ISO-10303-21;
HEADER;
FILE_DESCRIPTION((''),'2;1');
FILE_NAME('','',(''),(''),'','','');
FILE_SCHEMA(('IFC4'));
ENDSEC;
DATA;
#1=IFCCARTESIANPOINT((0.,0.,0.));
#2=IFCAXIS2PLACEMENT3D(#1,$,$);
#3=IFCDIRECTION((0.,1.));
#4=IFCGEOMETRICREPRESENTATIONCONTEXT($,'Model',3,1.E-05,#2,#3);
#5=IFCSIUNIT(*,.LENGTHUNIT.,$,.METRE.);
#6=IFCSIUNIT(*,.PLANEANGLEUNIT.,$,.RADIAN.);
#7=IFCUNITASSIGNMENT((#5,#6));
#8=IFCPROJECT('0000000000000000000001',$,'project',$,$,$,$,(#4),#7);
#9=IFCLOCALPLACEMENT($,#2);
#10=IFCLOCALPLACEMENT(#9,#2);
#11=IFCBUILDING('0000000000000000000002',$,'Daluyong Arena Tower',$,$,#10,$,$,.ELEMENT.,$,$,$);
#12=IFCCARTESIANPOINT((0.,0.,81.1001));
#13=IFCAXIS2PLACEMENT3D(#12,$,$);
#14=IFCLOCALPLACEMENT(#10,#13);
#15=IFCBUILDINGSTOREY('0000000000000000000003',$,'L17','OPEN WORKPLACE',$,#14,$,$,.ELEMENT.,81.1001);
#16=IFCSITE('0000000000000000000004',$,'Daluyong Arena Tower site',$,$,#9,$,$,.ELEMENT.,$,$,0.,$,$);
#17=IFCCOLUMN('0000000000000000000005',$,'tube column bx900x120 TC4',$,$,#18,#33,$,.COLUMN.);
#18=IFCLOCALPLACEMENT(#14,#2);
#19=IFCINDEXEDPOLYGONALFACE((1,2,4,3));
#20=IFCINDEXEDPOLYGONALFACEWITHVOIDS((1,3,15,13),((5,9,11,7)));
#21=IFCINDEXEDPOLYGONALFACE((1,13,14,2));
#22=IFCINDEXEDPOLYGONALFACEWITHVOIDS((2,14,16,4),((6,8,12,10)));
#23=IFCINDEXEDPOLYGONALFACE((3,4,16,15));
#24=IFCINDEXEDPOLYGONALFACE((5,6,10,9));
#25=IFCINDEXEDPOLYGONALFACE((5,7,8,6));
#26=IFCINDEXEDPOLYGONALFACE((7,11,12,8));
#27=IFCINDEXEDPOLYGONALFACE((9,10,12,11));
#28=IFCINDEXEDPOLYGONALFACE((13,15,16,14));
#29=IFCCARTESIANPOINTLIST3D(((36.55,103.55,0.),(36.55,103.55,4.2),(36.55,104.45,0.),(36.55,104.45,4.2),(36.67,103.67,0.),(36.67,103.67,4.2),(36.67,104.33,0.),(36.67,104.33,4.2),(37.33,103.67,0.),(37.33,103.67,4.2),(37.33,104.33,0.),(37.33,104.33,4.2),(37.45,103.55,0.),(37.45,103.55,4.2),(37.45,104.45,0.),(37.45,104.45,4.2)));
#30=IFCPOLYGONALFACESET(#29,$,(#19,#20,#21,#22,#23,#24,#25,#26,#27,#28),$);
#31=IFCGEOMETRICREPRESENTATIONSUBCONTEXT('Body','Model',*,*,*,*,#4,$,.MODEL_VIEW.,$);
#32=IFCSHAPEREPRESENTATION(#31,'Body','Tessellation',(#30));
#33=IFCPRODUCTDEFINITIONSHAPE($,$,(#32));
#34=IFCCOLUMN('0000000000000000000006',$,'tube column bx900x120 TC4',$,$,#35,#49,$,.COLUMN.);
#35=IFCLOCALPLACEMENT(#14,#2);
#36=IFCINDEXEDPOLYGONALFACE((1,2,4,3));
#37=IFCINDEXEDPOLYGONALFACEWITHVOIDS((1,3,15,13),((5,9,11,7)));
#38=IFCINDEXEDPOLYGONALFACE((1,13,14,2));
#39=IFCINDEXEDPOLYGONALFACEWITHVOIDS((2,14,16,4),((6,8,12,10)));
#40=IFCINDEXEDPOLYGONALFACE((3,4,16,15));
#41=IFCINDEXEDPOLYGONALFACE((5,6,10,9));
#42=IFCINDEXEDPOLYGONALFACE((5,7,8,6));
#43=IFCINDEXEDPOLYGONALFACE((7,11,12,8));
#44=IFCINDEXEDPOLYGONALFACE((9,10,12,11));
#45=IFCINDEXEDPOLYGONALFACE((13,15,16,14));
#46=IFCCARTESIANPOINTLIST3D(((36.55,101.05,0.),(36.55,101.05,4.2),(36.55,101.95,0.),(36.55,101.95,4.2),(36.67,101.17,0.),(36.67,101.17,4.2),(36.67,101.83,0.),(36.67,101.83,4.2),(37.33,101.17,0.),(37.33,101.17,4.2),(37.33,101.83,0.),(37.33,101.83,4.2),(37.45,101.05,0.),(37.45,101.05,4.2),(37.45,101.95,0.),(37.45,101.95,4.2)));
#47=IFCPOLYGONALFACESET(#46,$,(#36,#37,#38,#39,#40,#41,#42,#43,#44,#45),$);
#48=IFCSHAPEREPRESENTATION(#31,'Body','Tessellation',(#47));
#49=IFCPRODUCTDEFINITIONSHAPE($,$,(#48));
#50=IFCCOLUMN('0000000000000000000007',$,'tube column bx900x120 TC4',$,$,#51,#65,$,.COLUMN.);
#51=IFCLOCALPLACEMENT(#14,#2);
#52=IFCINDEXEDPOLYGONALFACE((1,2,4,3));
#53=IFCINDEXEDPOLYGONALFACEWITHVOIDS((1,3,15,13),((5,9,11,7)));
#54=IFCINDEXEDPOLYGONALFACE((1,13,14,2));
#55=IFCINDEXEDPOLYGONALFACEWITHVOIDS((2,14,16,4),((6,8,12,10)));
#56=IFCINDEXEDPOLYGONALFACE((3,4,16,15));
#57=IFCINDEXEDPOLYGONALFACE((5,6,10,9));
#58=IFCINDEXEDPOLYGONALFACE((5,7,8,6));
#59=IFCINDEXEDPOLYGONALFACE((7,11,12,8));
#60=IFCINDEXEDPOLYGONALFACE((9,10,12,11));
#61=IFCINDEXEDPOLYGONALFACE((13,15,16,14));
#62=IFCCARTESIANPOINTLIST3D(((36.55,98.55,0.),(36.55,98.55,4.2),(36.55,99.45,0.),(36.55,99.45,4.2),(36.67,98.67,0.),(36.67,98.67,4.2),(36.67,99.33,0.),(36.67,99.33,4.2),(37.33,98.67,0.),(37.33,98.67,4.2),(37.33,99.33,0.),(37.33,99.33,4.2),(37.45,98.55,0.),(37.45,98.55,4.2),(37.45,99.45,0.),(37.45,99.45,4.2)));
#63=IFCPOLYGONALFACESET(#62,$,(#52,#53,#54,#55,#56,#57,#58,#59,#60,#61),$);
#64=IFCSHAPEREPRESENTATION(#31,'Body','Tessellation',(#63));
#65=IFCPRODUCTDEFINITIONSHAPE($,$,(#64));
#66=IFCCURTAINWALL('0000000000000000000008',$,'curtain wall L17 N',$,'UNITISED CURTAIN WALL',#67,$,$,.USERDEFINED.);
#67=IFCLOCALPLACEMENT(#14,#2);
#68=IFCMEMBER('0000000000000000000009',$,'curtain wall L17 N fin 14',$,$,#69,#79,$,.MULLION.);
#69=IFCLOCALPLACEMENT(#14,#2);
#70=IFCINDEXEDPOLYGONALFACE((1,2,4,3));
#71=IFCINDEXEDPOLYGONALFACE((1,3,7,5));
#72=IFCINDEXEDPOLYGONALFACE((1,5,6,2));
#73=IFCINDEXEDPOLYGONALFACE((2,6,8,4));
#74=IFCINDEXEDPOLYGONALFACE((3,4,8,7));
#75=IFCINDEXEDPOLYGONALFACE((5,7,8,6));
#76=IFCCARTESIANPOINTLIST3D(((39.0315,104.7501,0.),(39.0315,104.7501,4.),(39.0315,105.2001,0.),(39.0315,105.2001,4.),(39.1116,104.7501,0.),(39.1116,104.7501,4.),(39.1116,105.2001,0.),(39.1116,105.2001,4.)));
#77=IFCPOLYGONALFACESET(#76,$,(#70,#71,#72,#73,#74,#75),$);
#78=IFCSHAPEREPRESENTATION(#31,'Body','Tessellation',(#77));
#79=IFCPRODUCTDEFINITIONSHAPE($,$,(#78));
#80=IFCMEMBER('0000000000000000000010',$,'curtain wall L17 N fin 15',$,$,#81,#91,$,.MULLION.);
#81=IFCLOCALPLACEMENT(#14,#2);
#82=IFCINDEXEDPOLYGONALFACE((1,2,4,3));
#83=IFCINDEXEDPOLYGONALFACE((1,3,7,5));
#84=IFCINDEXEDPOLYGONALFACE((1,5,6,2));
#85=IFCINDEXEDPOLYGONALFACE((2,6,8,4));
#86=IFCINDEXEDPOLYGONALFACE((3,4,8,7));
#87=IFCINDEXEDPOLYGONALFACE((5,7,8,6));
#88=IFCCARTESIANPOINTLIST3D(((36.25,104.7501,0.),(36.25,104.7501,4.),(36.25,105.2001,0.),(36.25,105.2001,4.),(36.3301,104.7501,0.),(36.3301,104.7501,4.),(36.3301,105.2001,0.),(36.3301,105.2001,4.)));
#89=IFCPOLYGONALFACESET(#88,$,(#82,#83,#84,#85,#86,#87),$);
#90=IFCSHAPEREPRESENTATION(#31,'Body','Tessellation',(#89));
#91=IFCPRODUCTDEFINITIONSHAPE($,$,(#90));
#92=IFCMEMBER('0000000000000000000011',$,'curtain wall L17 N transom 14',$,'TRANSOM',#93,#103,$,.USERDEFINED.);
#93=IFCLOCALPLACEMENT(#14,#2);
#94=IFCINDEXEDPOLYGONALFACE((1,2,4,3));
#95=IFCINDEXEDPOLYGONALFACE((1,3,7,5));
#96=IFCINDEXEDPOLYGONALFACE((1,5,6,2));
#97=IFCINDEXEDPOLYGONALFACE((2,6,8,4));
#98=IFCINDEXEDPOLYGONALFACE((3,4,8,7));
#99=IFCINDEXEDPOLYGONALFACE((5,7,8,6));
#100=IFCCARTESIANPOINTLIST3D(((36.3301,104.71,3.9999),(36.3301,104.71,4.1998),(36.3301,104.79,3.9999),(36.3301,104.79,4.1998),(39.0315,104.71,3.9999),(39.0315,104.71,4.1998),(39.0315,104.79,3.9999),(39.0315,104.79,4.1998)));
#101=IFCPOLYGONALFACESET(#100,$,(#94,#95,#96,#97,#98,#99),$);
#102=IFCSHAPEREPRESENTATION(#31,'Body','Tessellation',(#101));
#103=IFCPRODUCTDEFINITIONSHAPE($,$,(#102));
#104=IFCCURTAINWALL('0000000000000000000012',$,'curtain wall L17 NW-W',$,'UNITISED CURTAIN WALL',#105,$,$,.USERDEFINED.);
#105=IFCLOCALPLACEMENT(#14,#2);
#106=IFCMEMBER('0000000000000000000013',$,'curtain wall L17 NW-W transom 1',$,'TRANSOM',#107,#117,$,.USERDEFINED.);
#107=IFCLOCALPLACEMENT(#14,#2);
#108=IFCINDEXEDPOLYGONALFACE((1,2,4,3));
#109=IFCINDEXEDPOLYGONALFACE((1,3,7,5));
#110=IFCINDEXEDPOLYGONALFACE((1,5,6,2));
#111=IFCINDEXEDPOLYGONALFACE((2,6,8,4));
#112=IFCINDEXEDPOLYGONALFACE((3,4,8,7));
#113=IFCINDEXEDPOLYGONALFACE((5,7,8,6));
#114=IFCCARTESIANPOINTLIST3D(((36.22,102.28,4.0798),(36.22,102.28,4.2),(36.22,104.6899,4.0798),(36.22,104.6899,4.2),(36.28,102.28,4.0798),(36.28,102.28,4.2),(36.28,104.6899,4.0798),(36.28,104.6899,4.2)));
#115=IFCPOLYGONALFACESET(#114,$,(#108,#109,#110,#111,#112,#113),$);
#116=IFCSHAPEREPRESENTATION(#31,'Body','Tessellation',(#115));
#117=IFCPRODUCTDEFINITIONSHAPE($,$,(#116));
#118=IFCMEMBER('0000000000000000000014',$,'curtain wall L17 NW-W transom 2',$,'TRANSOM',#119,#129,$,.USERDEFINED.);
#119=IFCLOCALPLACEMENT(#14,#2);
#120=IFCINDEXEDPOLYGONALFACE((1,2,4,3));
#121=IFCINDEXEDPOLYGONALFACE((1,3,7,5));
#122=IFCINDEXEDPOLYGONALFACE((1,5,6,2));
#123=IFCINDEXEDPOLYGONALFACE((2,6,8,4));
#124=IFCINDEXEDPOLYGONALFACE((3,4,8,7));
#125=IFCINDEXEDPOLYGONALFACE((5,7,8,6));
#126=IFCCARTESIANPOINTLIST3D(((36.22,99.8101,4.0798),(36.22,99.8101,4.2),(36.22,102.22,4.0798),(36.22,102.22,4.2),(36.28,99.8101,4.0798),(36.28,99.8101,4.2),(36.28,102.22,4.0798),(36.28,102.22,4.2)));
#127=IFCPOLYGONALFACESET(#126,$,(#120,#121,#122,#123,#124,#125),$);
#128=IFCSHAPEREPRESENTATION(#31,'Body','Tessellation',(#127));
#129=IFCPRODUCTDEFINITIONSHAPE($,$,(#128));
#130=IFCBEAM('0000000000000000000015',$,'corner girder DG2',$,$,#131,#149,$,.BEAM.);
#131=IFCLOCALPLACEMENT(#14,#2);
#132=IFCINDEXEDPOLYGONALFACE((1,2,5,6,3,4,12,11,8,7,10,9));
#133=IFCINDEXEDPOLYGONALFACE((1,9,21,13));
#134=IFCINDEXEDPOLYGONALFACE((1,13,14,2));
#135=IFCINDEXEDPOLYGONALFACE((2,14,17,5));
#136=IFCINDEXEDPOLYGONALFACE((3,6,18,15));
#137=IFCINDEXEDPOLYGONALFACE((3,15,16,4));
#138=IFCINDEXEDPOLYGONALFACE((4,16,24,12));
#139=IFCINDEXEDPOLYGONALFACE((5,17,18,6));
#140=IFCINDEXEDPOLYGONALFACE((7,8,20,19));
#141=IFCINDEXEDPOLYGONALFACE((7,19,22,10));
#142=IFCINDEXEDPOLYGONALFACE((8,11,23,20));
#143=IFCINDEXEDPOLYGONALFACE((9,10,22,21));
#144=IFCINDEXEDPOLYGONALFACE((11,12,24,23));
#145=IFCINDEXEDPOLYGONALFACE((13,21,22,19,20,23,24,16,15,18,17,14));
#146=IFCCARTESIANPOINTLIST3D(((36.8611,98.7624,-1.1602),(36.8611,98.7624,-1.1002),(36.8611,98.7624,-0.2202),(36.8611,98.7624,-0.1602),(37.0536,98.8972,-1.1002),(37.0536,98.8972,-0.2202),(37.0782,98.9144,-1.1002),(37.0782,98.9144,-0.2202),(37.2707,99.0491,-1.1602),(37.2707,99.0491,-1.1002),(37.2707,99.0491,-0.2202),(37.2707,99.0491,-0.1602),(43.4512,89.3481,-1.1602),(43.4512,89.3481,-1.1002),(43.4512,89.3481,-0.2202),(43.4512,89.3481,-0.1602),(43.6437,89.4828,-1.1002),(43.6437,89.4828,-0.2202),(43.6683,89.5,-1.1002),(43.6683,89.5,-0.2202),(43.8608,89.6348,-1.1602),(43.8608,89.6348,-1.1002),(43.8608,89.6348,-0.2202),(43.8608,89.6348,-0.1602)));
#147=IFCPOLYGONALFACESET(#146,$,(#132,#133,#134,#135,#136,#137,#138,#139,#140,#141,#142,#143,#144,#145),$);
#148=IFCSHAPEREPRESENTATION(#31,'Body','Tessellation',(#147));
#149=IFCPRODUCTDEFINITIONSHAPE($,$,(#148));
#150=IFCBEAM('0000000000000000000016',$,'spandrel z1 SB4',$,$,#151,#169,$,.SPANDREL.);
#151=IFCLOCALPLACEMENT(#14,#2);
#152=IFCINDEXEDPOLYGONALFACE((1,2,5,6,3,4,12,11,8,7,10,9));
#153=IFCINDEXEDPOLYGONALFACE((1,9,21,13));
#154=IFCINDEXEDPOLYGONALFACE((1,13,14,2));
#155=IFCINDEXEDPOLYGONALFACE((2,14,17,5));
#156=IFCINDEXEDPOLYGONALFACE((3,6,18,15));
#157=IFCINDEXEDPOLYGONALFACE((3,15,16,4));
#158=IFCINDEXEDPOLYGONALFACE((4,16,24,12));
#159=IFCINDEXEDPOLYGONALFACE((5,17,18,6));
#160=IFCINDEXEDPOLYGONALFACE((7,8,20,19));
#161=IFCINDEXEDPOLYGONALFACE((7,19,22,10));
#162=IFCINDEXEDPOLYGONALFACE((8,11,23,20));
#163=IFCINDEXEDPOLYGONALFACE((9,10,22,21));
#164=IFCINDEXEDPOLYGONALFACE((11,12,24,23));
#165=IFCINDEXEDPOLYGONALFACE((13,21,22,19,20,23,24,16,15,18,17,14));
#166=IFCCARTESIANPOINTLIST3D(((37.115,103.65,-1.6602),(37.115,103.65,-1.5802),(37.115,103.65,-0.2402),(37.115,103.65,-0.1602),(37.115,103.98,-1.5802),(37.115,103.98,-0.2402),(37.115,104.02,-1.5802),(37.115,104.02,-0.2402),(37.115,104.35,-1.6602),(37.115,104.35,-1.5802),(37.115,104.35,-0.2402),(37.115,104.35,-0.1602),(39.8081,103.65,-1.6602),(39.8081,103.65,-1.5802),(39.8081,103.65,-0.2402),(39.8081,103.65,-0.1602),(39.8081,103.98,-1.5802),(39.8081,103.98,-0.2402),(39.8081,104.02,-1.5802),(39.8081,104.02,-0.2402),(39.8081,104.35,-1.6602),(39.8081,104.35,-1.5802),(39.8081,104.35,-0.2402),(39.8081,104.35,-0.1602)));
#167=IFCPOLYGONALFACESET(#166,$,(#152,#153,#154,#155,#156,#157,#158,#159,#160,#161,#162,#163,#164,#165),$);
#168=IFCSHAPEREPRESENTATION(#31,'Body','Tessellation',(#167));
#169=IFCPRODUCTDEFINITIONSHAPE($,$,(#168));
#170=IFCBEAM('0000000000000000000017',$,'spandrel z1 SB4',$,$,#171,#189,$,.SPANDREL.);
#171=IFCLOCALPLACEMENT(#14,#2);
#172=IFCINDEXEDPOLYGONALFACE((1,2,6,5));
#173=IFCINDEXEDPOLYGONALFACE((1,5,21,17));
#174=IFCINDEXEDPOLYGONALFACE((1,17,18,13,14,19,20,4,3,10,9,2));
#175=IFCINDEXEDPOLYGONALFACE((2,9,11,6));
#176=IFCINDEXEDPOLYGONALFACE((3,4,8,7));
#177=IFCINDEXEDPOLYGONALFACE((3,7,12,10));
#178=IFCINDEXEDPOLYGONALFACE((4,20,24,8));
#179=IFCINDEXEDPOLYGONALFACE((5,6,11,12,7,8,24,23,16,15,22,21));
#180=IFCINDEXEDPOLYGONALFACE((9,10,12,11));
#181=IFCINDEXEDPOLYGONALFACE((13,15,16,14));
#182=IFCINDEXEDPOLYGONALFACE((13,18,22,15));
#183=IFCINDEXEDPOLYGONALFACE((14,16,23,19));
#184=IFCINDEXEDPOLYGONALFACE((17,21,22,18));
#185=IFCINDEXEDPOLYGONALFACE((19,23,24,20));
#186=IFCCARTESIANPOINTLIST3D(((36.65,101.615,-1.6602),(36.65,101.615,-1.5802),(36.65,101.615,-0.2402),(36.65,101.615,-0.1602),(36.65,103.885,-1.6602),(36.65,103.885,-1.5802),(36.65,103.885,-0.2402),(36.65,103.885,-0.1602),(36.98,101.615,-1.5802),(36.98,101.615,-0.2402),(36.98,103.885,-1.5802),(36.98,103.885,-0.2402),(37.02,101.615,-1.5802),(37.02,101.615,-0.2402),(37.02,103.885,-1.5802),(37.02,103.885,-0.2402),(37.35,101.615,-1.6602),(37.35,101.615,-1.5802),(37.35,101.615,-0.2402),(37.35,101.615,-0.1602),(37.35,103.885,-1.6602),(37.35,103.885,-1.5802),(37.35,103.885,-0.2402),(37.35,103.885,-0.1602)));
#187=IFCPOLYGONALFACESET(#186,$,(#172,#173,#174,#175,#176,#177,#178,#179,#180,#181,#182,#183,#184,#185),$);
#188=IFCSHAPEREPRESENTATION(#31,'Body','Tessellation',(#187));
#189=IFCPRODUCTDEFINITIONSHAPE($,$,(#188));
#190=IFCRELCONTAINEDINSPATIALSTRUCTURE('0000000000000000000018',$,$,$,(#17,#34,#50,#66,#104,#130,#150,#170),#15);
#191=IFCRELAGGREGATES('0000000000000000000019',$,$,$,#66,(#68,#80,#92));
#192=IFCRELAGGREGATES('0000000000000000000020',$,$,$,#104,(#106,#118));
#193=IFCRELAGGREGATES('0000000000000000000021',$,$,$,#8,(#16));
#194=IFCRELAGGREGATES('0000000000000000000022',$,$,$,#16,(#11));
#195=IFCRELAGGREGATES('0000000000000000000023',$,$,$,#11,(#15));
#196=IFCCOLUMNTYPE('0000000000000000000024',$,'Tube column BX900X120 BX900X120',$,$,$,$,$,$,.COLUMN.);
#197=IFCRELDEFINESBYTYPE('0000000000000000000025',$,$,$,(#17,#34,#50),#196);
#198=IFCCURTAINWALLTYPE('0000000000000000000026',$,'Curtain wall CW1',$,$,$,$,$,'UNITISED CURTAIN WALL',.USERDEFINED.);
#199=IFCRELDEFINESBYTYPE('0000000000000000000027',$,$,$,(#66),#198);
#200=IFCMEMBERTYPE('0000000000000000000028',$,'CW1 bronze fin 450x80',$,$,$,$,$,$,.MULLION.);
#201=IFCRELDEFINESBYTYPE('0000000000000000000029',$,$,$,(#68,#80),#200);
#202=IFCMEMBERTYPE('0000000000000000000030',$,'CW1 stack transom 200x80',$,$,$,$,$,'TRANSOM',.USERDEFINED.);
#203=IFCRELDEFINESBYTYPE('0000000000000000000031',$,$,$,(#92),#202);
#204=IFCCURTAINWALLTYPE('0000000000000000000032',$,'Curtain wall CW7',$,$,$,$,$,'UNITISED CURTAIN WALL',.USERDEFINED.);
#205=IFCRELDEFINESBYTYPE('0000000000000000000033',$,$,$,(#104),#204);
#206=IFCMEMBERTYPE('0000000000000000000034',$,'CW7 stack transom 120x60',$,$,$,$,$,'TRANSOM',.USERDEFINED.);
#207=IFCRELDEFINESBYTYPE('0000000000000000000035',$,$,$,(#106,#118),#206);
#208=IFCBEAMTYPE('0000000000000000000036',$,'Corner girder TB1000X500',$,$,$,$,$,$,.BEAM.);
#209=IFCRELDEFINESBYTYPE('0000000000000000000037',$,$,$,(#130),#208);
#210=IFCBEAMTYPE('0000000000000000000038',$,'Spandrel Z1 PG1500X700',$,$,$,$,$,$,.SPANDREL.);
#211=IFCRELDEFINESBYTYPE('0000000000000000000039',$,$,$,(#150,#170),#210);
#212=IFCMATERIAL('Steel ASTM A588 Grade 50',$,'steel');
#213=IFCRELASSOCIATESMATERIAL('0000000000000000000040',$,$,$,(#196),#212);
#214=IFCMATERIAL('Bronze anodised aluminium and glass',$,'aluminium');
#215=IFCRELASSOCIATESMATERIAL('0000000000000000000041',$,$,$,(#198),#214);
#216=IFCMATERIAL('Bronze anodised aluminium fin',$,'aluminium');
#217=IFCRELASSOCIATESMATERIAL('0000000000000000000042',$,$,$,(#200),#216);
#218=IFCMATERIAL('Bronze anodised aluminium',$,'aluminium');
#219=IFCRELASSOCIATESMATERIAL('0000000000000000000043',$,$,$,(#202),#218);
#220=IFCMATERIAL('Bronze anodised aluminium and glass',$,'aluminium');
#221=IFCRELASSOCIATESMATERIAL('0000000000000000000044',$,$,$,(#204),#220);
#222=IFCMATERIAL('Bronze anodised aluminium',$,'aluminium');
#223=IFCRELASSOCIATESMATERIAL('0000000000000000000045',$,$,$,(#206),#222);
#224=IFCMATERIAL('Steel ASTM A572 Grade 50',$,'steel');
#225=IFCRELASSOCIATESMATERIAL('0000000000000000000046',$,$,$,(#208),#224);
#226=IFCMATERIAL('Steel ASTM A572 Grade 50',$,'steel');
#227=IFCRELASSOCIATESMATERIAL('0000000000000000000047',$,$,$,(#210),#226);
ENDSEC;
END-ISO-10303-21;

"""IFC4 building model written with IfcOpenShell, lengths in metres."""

from ifc_helpers import new_model, si_unit, direction, frame, origin, origin_2d, place, context, subcontext, project, spatial, rectangle, hollow_rectangle, i_section, extrude, material, material_profile, profile_set, type_object, element, aggregate, save


model = new_model("IFC4")

# Units and contexts
model_context = context("Model", 3, precision=1e-05, world=origin(), true_north=direction((0.0, 1.0)))
body_context = subcontext(model_context, "Body", "Model", "MODEL_VIEW")
ifc_project = project(units=[si_unit("LENGTHUNIT", "METRE"), si_unit("PLANEANGLEUNIT", "RADIAN")], contexts=[model_context])

# Site, building, storey
site_placement = place(None, origin())
site = spatial("IfcSite", under=ifc_project, at=site_placement, Name="Daluyong Arena Tower site", CompositionType="ELEMENT", RefElevation=0.0)
building_placement = place(site_placement, origin())
building = spatial("IfcBuilding", under=site, at=building_placement, Name="Daluyong Arena Tower", CompositionType="ELEMENT")
storey_placement = place(building_placement, frame((0.0, 0.0, 81.1001)))
storey = spatial("IfcBuildingStorey", under=building, at=storey_placement, Name="L17", Description="OPEN WORKPLACE", CompositionType="ELEMENT", Elevation=81.1001)

# Columns
ifc_material_1 = material(Name="Steel ASTM A588 Grade 50", Category="steel")
ifc_material_profile_1 = material_profile(ifc_material_1, hollow_rectangle(XDim=0.8999, YDim=0.8999, WallThickness=0.12, at=origin_2d()))
ifc_profile_set_1 = profile_set([ifc_material_profile_1], Name="Steel ASTM A588 Grade 50")
column_type = type_object("IfcColumnType", Name="Tube column BX900X120 BX900X120", PredefinedType="COLUMN", material=ifc_profile_set_1)
for number, where, z_axis, x_axis, name in (
    (1, (37.0, 104.0, 0.0), (0.0, 0.0, 1.0), (0.0, 1.0, 0.0), "tube column bx900x120 TC4"),
    (2, (37.0, 101.5, 0.0), (0.0, 0.0, 1.0), (0.0, 1.0, 0.0), "tube column bx900x120 TC4"),
    (3, (37.0, 99.0, 0.0), (0.0, 0.0, 1.0), (1.0, 0.0, 0.0), "tube column bx900x120 TC4"),
):
    element("IfcColumn", number, at=place(storey_placement, frame(where, z_axis=z_axis, x_axis=x_axis)), inside=storey, type_object=column_type, Name=name, PredefinedType="COLUMN", context=body_context, shape_type="SweptSolid", body=[
        extrude(hollow_rectangle(XDim=0.8999, YDim=0.8999, WallThickness=0.12, at=origin_2d()), origin(), (0.0, 0.0, 1.0), 4.2),
    ])

# Curtain walls, members
ifc_material_2 = material(Name="Bronze anodised aluminium and glass", Category="aluminium")
curtain_wall_type_1 = type_object("IfcCurtainWallType", Name="Curtain wall CW1", ElementType="UNITISED CURTAIN WALL", PredefinedType="USERDEFINED", material=ifc_material_2)
curtain_wall_1_placement = place(storey_placement, origin())
curtain_wall_1 = element("IfcCurtainWall", 4, at=curtain_wall_1_placement, inside=storey, type_object=curtain_wall_type_1, Name="curtain wall L17 N", ObjectType="UNITISED CURTAIN WALL", PredefinedType="USERDEFINED")
ifc_material_3 = material(Name="Bronze anodised aluminium fin", Category="aluminium")
ifc_material_profile_2 = material_profile(ifc_material_3, rectangle(XDim=0.45, YDim=0.0801, at=origin_2d()))
ifc_profile_set_2 = profile_set([ifc_material_profile_2], Name="Bronze anodised aluminium fin")
member_type_1 = type_object("IfcMemberType", Name="CW1 bronze fin 450x80", PredefinedType="MULLION", material=ifc_profile_set_2)
member_1_placement = place(storey_placement, frame((39.0715, 104.9751, 0.0), z_axis=(0.0, 0.0, 1.0), x_axis=(0.0, -1.0, 0.0)))
member_1 = element("IfcMember", 5, at=member_1_placement, type_object=member_type_1, Name="curtain wall L17 N fin 14", PredefinedType="MULLION", context=body_context, shape_type="SweptSolid", body=[
    extrude(rectangle(XDim=0.45, YDim=0.0801, at=origin_2d()), origin(), (0.0, 0.0, 1.0), 4.0),
])
member_2_placement = place(storey_placement, frame((36.29, 104.9751, 0.0), z_axis=(0.0, 0.0, 1.0), x_axis=(0.0, -1.0, 0.0)))
member_2 = element("IfcMember", 6, at=member_2_placement, type_object=member_type_1, Name="curtain wall L17 N fin 15", PredefinedType="MULLION", context=body_context, shape_type="SweptSolid", body=[
    extrude(rectangle(XDim=0.45, YDim=0.0801, at=origin_2d()), origin(), (0.0, 0.0, 1.0), 4.0),
])
ifc_material_4 = material(Name="Bronze anodised aluminium", Category="aluminium")
ifc_material_profile_3 = material_profile(ifc_material_4, rectangle(XDim=0.0801, YDim=0.2, at=origin_2d()))
ifc_profile_set_3 = profile_set([ifc_material_profile_3], Name="Bronze anodised aluminium")
member_type_2 = type_object("IfcMemberType", Name="CW1 stack transom 200x80", ElementType="TRANSOM", PredefinedType="USERDEFINED", material=ifc_profile_set_3)
member_3_placement = place(storey_placement, frame((39.0315, 104.75, 4.0999), z_axis=(-1.0, 0.0, 0.0), x_axis=(0.0, -1.0, 0.0)))
member_3 = element("IfcMember", 7, at=member_3_placement, type_object=member_type_2, Name="curtain wall L17 N transom 14", ObjectType="TRANSOM", PredefinedType="USERDEFINED", context=body_context, shape_type="SweptSolid", body=[
    extrude(rectangle(XDim=0.0801, YDim=0.2, at=origin_2d()), origin(), (0.0, 0.0, 1.0), 2.7014),
])
ifc_material_5 = material(Name="Bronze anodised aluminium and glass", Category="aluminium")
curtain_wall_type_2 = type_object("IfcCurtainWallType", Name="Curtain wall CW7", ElementType="UNITISED CURTAIN WALL", PredefinedType="USERDEFINED", material=ifc_material_5)
curtain_wall_2_placement = place(storey_placement, origin())
curtain_wall_2 = element("IfcCurtainWall", 8, at=curtain_wall_2_placement, inside=storey, type_object=curtain_wall_type_2, Name="curtain wall L17 NW-W", ObjectType="UNITISED CURTAIN WALL", PredefinedType="USERDEFINED")
ifc_material_6 = material(Name="Bronze anodised aluminium", Category="aluminium")
ifc_material_profile_4 = material_profile(ifc_material_6, rectangle(XDim=0.0601, YDim=0.1201, at=origin_2d()))
ifc_profile_set_4 = profile_set([ifc_material_profile_4], Name="Bronze anodised aluminium")
member_type_3 = type_object("IfcMemberType", Name="CW7 stack transom 120x60", ElementType="TRANSOM", PredefinedType="USERDEFINED", material=ifc_profile_set_4)
member_4_placement = place(storey_placement, frame((36.25, 104.6899, 4.1399), z_axis=(0.0, -1.0, 0.0), x_axis=(1.0, 0.0, 0.0)))
member_4 = element("IfcMember", 9, at=member_4_placement, type_object=member_type_3, Name="curtain wall L17 NW-W transom 1", ObjectType="TRANSOM", PredefinedType="USERDEFINED", context=body_context, shape_type="SweptSolid", body=[
    extrude(rectangle(XDim=0.0601, YDim=0.1201, at=origin_2d()), origin(), (0.0, 0.0, 1.0), 2.4099),
])
member_5_placement = place(storey_placement, frame((36.25, 102.22, 4.1399), z_axis=(0.0, -1.0, 0.0), x_axis=(1.0, 0.0, 0.0)))
member_5 = element("IfcMember", 10, at=member_5_placement, type_object=member_type_3, Name="curtain wall L17 NW-W transom 2", ObjectType="TRANSOM", PredefinedType="USERDEFINED", context=body_context, shape_type="SweptSolid", body=[
    extrude(rectangle(XDim=0.0601, YDim=0.1201, at=origin_2d()), origin(), (0.0, 0.0, 1.0), 2.4099),
])

# Beams
ifc_material_7 = material(Name="Steel ASTM A572 Grade 50", Category="steel")
ifc_material_profile_5 = material_profile(ifc_material_7, i_section(OverallWidth=0.5, OverallDepth=1.0, WebThickness=0.03, FlangeThickness=0.06, at=origin_2d()))
ifc_profile_set_5 = profile_set([ifc_material_profile_5], Name="Steel ASTM A572 Grade 50")
beam_type_1 = type_object("IfcBeamType", Name="Corner girder TB1000X500", PredefinedType="BEAM", material=ifc_profile_set_5)
beam_1_placement = place(storey_placement, frame((37.0659, 98.9058, -0.6602), z_axis=(0.573467, -0.819229, 0.0), x_axis=(0.819229, 0.573467, 0.0)))
element("IfcBeam", 11, at=beam_1_placement, inside=storey, type_object=beam_type_1, Name="corner girder DG2", PredefinedType="BEAM", context=body_context, shape_type="SweptSolid", body=[
    extrude(i_section(OverallWidth=0.5, OverallDepth=1.0, WebThickness=0.03, FlangeThickness=0.06, at=origin_2d()), origin(), (0.0, 0.0, 1.0), 11.4917),
])
ifc_material_8 = material(Name="Steel ASTM A572 Grade 50", Category="steel")
ifc_material_profile_6 = material_profile(ifc_material_8, i_section(OverallWidth=0.7, OverallDepth=1.5, WebThickness=0.04, FlangeThickness=0.08, at=origin_2d()))
ifc_profile_set_6 = profile_set([ifc_material_profile_6], Name="Steel ASTM A572 Grade 50")
beam_type_2 = type_object("IfcBeamType", Name="Spandrel Z1 PG1500X700", PredefinedType="SPANDREL", material=ifc_profile_set_6)
beam_2_placement = place(storey_placement, frame((39.8081, 104.0, -0.9102), z_axis=(-1.0, 0.0, 0.0), x_axis=(0.0, -1.0, 0.0)))
element("IfcBeam", 12, at=beam_2_placement, inside=storey, type_object=beam_type_2, Name="spandrel z1 SB4", PredefinedType="SPANDREL", context=body_context, shape_type="SweptSolid", body=[
    extrude(i_section(OverallWidth=0.7, OverallDepth=1.5, WebThickness=0.04, FlangeThickness=0.08, at=origin_2d()), origin(), (0.0, 0.0, 1.0), 2.6931),
])
for number, where, z_axis, x_axis, name in (
    (13, (37.0, 103.885, -0.9102), (0.0, -1.0, 0.0), (1.0, 0.0, 0.0), "spandrel z1 SB4"),
):
    element("IfcBeam", number, at=place(storey_placement, frame(where, z_axis=z_axis, x_axis=x_axis)), inside=storey, type_object=beam_type_2, Name=name, PredefinedType="SPANDREL", context=body_context, shape_type="SweptSolid", body=[
        extrude(i_section(OverallWidth=0.7, OverallDepth=1.5, WebThickness=0.04, FlangeThickness=0.08, at=origin_2d()), origin(), (0.0, 0.0, 1.0), 2.27),
    ])

aggregate(curtain_wall_1, [member_1, member_2, member_3])
aggregate(curtain_wall_2, [member_4, member_5])

save(model, "model.ifc")
